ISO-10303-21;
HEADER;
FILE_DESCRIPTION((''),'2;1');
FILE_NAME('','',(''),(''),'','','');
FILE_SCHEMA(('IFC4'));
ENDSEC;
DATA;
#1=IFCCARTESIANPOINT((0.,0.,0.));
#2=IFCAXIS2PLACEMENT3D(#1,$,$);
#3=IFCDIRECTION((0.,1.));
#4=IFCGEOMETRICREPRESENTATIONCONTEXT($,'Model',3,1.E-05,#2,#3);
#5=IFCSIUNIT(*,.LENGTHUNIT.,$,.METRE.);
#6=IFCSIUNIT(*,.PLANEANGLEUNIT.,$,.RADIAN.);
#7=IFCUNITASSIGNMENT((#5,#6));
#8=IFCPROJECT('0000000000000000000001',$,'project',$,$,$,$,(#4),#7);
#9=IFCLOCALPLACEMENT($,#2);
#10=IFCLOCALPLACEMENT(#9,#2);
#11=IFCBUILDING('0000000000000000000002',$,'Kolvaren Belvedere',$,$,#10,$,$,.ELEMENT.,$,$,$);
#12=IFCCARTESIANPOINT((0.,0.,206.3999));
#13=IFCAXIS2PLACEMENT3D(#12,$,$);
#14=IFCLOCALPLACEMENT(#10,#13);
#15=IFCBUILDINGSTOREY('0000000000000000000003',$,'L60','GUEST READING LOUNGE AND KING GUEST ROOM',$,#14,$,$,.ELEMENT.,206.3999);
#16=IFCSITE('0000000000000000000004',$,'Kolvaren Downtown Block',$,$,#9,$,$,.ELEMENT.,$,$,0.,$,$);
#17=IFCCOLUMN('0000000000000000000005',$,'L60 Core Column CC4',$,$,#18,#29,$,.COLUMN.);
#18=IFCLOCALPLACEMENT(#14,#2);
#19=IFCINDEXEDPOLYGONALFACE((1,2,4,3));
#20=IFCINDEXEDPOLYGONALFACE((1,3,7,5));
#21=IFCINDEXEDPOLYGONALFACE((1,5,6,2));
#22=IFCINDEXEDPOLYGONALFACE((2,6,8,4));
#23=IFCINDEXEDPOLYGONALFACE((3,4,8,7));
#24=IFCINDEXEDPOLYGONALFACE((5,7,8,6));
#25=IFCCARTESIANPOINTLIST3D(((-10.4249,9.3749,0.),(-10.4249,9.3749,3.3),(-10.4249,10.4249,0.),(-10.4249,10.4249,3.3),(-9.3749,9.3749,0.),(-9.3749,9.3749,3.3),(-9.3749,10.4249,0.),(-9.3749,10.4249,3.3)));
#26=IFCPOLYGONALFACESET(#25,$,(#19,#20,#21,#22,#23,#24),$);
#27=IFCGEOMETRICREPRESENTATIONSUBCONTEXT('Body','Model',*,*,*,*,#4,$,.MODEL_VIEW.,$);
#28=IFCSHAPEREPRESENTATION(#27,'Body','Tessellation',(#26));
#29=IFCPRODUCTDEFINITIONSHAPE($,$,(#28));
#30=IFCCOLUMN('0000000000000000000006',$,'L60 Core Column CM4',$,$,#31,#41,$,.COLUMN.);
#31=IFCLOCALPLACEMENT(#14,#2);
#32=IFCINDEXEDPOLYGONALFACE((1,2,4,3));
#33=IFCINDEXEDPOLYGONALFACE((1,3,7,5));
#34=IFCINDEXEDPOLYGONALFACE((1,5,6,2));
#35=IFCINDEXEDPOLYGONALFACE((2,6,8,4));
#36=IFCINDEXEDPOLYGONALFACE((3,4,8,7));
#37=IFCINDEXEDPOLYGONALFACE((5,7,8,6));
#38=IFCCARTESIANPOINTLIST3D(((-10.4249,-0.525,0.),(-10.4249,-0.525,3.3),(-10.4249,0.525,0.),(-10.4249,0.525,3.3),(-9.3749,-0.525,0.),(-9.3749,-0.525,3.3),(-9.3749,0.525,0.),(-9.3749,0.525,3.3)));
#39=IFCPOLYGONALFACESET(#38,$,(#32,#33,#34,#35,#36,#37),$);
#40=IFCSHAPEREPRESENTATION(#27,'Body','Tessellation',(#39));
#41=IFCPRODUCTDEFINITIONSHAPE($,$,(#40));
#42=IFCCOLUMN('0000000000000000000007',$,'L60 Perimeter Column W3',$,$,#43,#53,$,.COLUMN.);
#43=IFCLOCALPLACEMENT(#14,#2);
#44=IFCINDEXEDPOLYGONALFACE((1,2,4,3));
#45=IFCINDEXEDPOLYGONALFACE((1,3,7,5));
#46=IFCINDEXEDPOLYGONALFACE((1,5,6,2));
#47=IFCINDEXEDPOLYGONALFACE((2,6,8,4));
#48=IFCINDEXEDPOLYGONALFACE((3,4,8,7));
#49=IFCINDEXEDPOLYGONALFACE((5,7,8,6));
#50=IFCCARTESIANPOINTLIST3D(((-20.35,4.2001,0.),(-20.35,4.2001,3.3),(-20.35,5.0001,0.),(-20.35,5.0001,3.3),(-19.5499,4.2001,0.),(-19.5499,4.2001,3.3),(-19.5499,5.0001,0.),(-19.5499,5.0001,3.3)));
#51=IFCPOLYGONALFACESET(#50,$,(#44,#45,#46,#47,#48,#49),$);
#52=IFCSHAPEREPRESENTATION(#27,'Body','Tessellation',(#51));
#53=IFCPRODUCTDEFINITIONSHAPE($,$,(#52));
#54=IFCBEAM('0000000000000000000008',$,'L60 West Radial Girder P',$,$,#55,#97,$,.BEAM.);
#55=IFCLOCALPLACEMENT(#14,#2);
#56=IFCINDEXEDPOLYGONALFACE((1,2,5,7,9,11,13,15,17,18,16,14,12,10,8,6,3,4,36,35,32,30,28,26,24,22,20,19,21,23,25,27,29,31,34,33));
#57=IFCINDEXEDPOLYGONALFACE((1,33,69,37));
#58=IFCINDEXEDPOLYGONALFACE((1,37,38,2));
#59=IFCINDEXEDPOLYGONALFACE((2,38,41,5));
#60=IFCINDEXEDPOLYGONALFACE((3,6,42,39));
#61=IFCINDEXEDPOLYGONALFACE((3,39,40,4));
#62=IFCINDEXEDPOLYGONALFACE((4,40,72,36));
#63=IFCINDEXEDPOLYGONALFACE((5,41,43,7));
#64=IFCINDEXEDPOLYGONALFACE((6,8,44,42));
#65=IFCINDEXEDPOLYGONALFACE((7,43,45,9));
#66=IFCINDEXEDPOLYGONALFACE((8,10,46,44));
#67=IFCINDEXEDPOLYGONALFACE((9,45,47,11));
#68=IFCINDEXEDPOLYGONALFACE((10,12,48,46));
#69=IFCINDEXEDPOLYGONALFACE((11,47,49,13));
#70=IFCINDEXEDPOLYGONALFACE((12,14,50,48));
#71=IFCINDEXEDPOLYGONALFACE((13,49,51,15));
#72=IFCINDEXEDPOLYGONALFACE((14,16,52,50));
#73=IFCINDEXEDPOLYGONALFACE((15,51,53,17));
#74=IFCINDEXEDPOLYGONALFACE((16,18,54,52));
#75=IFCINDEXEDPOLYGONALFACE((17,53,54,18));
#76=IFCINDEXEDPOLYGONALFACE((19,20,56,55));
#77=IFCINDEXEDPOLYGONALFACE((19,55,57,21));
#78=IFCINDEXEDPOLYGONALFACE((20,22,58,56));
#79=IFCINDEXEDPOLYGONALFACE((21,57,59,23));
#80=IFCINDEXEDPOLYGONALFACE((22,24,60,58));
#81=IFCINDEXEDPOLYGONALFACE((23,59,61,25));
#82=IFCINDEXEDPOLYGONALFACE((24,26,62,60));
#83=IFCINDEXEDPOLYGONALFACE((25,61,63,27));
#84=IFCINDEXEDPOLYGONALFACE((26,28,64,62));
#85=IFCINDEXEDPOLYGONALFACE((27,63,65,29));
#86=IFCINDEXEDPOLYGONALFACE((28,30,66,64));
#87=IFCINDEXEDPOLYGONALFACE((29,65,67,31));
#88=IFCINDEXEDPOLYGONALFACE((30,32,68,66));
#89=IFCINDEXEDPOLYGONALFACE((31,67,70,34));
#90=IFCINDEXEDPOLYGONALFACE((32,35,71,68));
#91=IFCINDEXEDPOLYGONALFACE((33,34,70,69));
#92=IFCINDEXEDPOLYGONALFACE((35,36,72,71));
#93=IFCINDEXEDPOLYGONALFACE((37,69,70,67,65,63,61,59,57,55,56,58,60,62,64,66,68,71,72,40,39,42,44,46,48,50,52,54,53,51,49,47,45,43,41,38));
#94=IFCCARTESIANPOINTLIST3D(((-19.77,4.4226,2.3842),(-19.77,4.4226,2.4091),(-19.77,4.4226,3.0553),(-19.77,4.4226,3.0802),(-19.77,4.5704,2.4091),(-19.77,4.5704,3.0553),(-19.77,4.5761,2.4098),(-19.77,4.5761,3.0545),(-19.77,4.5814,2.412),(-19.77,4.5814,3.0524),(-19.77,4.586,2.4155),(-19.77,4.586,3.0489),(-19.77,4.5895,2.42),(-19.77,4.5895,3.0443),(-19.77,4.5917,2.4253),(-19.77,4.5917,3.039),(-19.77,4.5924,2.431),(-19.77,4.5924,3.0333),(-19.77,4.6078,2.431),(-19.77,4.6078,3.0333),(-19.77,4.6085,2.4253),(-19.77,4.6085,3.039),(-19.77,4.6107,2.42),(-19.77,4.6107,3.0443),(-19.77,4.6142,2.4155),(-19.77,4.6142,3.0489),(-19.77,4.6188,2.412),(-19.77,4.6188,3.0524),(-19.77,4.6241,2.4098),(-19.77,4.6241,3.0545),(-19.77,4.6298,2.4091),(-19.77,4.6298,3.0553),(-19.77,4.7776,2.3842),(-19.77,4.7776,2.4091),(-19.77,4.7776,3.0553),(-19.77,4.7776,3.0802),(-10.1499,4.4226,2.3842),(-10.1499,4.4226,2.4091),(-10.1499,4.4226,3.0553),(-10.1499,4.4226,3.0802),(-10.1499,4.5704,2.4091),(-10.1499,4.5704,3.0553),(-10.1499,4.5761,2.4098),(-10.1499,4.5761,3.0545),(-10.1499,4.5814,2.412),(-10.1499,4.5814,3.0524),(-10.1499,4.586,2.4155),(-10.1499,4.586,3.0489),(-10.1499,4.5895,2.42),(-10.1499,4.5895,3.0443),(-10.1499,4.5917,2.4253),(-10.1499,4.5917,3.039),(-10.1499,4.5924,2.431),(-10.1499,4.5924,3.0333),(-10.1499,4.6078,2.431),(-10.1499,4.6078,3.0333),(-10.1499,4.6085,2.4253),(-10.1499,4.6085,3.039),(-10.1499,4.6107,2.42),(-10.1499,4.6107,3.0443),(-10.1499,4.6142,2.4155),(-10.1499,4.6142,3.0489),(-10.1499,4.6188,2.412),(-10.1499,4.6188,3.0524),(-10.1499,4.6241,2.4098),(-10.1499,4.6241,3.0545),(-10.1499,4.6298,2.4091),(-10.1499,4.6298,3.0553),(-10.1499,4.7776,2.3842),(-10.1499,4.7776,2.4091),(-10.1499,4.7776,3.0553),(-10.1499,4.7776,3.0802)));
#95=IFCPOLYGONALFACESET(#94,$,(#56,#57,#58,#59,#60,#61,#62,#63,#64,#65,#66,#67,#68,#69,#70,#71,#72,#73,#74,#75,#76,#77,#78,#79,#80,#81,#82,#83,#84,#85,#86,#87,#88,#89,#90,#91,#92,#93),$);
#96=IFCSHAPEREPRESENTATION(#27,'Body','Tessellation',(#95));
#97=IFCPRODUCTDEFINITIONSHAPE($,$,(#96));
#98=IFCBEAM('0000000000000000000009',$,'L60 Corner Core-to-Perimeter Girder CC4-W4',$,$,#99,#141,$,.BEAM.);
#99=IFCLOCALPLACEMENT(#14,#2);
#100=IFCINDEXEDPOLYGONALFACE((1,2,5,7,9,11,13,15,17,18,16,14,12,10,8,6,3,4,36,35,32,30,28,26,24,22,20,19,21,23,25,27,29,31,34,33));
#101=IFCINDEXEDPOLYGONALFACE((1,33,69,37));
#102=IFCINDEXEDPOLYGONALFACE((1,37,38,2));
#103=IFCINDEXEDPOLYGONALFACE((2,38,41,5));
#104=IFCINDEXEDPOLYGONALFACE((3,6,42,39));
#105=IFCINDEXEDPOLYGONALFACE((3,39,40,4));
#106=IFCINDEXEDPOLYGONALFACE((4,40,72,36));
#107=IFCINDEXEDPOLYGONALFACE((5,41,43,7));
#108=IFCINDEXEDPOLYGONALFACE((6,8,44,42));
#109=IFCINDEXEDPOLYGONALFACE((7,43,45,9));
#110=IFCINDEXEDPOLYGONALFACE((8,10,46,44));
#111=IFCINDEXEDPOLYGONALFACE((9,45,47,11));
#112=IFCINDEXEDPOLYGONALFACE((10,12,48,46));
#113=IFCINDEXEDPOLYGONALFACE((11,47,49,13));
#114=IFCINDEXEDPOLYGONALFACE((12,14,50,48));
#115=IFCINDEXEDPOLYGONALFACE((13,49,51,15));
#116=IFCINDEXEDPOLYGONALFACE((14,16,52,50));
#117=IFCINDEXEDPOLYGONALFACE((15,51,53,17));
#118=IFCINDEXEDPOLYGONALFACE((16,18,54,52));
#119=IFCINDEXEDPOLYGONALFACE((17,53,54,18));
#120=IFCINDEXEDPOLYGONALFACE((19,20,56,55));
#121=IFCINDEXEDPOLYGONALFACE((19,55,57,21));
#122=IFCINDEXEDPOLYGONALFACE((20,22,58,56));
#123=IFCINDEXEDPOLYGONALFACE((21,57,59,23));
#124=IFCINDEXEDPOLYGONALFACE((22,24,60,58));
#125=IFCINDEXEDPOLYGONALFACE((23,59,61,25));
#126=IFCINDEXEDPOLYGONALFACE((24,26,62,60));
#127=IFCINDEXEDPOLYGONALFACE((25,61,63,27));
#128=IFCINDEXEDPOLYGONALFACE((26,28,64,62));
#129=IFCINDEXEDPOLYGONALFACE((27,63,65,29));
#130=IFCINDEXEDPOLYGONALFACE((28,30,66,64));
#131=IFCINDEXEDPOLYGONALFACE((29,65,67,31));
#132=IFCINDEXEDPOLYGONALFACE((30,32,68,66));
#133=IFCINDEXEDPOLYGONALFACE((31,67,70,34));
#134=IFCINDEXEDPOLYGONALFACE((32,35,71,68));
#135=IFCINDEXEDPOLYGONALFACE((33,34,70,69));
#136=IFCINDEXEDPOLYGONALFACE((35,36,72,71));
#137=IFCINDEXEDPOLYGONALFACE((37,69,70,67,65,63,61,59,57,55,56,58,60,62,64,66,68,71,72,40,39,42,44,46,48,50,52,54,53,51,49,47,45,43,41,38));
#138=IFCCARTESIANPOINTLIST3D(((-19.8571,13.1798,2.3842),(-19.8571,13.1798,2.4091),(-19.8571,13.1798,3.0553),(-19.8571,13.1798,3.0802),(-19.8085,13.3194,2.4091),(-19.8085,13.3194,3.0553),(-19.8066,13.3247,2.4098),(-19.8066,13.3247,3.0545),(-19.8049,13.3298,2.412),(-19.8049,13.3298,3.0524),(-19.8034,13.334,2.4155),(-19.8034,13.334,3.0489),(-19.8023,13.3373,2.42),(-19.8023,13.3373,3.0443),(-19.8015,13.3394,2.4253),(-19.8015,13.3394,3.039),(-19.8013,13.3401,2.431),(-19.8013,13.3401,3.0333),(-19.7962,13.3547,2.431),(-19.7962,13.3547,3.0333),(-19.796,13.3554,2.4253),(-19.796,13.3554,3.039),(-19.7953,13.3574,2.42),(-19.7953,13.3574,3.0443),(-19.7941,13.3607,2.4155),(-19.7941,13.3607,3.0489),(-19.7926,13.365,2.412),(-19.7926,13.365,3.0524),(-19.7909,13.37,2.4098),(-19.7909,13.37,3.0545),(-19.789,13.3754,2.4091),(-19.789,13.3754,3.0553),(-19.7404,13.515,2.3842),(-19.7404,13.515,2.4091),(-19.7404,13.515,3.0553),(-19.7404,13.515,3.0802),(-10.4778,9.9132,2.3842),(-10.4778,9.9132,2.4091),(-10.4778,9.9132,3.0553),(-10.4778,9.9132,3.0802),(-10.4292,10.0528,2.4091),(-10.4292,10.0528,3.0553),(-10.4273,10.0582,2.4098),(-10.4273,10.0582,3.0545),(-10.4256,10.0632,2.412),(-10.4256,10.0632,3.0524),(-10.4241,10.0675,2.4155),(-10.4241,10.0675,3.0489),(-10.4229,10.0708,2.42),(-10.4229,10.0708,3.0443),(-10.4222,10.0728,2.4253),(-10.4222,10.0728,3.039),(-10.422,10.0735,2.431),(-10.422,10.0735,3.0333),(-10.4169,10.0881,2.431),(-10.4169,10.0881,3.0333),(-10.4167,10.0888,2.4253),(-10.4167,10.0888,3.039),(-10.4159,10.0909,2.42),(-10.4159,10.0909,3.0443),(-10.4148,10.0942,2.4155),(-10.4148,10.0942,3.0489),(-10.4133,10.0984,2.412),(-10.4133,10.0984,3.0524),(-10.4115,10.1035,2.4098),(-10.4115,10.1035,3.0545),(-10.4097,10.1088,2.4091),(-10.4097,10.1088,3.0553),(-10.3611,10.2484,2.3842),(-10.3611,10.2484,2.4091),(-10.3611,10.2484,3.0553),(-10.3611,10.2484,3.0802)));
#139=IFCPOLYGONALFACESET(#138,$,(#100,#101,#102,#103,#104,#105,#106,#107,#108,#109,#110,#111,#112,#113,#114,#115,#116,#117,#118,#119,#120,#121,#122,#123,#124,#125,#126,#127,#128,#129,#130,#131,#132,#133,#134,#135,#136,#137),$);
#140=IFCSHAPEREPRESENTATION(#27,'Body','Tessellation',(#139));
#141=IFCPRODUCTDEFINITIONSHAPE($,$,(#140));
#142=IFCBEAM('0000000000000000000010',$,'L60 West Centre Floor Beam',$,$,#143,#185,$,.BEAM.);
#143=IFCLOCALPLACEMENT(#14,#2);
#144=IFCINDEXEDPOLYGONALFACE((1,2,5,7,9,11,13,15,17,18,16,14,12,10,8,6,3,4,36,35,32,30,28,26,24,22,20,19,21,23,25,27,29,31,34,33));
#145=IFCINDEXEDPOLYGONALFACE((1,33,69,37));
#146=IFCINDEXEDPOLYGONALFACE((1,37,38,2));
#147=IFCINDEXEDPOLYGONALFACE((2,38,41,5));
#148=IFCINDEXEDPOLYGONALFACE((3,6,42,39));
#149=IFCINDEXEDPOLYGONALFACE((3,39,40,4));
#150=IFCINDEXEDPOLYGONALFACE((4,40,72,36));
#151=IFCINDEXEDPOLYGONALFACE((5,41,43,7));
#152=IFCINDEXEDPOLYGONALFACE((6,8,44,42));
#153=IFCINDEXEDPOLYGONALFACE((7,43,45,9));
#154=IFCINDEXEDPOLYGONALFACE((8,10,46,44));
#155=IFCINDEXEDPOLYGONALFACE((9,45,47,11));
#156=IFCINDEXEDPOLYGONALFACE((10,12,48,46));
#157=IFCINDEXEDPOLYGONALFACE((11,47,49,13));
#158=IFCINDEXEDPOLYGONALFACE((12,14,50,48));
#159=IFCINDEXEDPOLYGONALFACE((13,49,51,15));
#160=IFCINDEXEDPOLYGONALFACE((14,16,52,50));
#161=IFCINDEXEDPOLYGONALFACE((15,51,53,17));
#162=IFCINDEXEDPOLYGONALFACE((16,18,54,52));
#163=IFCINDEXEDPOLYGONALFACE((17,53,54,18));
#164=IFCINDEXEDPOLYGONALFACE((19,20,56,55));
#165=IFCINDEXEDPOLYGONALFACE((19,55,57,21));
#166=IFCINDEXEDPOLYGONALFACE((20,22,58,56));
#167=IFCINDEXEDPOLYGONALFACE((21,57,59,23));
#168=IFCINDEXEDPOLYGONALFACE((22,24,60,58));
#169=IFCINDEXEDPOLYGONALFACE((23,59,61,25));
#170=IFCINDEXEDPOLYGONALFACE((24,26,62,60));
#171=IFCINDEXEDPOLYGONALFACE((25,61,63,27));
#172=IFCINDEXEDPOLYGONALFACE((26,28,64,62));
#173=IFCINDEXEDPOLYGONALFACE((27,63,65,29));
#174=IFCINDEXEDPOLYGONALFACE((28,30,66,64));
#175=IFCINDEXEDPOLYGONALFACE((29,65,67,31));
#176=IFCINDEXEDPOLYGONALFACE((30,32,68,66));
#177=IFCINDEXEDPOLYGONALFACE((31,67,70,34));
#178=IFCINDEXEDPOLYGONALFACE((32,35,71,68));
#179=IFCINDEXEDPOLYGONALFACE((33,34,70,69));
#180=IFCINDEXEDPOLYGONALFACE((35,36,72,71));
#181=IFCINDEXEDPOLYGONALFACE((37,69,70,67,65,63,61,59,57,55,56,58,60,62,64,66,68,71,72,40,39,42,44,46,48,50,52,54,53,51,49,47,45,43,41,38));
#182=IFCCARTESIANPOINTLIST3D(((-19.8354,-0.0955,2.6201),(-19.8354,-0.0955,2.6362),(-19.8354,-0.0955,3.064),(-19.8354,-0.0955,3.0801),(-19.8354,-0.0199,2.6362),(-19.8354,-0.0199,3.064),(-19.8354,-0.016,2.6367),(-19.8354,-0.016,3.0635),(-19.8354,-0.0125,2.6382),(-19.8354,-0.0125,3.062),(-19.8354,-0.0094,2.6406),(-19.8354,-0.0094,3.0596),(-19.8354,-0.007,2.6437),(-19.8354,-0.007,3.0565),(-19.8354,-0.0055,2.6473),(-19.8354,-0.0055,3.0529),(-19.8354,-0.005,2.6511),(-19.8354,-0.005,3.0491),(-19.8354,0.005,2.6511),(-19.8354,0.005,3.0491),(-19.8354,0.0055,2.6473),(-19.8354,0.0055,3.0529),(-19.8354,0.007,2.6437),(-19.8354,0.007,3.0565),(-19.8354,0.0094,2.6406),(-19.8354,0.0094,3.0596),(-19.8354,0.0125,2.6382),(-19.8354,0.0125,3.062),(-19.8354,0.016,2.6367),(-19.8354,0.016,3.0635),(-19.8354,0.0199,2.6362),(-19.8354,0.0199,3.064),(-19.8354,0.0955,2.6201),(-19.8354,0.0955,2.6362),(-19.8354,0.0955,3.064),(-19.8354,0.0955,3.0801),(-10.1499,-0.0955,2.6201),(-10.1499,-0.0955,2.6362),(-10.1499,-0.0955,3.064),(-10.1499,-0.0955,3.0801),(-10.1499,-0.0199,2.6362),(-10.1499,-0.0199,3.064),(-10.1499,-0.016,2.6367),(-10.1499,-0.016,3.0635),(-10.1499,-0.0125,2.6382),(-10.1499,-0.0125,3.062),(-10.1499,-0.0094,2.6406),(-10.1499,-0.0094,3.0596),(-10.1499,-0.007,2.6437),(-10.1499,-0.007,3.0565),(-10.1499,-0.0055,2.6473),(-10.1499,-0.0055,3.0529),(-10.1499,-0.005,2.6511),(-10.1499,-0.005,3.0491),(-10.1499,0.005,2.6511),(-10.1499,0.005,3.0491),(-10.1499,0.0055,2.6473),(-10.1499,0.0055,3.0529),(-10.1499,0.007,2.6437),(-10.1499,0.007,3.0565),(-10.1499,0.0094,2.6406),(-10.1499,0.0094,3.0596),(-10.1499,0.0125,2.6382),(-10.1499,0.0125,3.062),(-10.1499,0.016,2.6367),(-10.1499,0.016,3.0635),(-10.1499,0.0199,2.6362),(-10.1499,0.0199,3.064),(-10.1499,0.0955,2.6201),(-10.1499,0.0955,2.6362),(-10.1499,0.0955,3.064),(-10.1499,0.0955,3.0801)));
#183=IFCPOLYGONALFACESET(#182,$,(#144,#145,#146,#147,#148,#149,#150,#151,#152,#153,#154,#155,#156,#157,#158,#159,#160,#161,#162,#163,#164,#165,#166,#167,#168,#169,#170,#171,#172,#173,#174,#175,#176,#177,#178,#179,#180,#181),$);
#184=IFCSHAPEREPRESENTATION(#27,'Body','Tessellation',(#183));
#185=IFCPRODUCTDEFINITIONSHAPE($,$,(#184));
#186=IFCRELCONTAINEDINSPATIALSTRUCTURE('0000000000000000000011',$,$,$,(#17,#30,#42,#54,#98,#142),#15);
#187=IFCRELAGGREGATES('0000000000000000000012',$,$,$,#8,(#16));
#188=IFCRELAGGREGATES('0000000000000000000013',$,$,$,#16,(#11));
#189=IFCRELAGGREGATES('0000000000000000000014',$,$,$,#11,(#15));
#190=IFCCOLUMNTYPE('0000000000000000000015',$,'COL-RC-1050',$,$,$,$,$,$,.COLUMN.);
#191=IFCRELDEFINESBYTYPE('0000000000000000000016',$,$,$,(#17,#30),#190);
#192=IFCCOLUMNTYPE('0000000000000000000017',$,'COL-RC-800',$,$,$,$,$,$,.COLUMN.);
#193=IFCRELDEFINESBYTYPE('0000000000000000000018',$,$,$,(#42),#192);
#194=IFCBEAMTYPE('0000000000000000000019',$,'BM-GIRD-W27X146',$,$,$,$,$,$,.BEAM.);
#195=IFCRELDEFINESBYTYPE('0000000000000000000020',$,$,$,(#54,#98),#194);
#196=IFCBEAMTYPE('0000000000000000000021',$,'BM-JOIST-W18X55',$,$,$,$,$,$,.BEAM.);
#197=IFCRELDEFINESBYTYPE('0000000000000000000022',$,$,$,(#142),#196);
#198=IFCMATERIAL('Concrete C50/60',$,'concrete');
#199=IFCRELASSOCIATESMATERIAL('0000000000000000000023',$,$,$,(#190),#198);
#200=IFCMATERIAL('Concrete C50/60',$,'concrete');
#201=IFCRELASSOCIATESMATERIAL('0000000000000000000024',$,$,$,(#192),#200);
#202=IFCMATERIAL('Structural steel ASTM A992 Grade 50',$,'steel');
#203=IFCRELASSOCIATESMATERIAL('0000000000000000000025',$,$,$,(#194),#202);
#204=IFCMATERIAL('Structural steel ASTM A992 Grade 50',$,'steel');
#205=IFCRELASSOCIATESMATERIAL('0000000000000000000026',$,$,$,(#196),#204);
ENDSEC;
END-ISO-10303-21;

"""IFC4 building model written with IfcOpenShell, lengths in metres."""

from ifc_helpers import new_model, si_unit, direction, frame, origin, origin_2d, place, context, subcontext, project, spatial, rectangle, i_section, extrude, material, material_profile, profile_set, type_object, element, save


model = new_model("IFC4")

# Units and contexts
model_context = context("Model", 3, precision=1e-05, world=origin(), true_north=direction((0.0, 1.0)))
body_context = subcontext(model_context, "Body", "Model", "MODEL_VIEW")
ifc_project = project(units=[si_unit("LENGTHUNIT", "METRE"), si_unit("PLANEANGLEUNIT", "RADIAN")], contexts=[model_context])

# Site, building, storey
site_placement = place(None, origin())
site = spatial("IfcSite", under=ifc_project, at=site_placement, Name="Kolvaren Downtown Block", CompositionType="ELEMENT", RefElevation=0.0)
building_placement = place(site_placement, origin())
building = spatial("IfcBuilding", under=site, at=building_placement, Name="Kolvaren Belvedere", CompositionType="ELEMENT")
storey_placement = place(building_placement, frame((0.0, 0.0, 206.3999)))
storey = spatial("IfcBuildingStorey", under=building, at=storey_placement, Name="L60", Description="GUEST READING LOUNGE AND KING GUEST ROOM", CompositionType="ELEMENT", Elevation=206.3999)

# Columns
ifc_material_1 = material(Name="Concrete C50/60", Category="concrete")
ifc_material_profile_1 = material_profile(ifc_material_1, rectangle(XDim=1.05, YDim=1.05, at=origin_2d()), Name="RC 1050X1050")
ifc_profile_set_1 = profile_set([ifc_material_profile_1], Name="Concrete C50/60")
column_type_1 = type_object("IfcColumnType", Name="COL-RC-1050", PredefinedType="COLUMN", material=ifc_profile_set_1)
for number, where, z_axis, x_axis, name in (
    (1, (-9.8999, 9.8999, 0.0), (0.0, 0.0, 1.0), (1.0, 0.0, 0.0), "L60 Core Column CC4"),
    (2, (-9.8999, 0.0, 0.0), (0.0, 0.0, 1.0), (1.0, 0.0, 0.0), "L60 Core Column CM4"),
):
    element("IfcColumn", number, at=place(storey_placement, frame(where, z_axis=z_axis, x_axis=x_axis)), inside=storey, type_object=column_type_1, Name=name, PredefinedType="COLUMN", context=body_context, shape_type="SweptSolid", body=[
        extrude(rectangle(XDim=1.05, YDim=1.05, at=origin_2d()), origin(), (0.0, 0.0, 1.0), 3.3),
    ])
ifc_material_2 = material(Name="Concrete C50/60", Category="concrete")
ifc_material_profile_2 = material_profile(ifc_material_2, rectangle(XDim=0.8, YDim=0.8, at=origin_2d()), Name="RC 800X800")
ifc_profile_set_2 = profile_set([ifc_material_profile_2], Name="Concrete C50/60")
column_type_2 = type_object("IfcColumnType", Name="COL-RC-800", PredefinedType="COLUMN", material=ifc_profile_set_2)
column_placement = place(storey_placement, frame((-19.95, 4.6001, 0.0), z_axis=(0.0, 0.0, 1.0), x_axis=(1.0, 0.0, 0.0)))
element("IfcColumn", 3, at=column_placement, inside=storey, type_object=column_type_2, Name="L60 Perimeter Column W3", PredefinedType="COLUMN", context=body_context, shape_type="SweptSolid", body=[
    extrude(rectangle(XDim=0.8, YDim=0.8, at=origin_2d()), origin(), (0.0, 0.0, 1.0), 3.3),
])

# Beams
ifc_material_3 = material(Name="Structural steel ASTM A992 Grade 50", Category="steel")
ifc_material_profile_3 = material_profile(ifc_material_3, i_section(OverallWidth=0.355, OverallDepth=0.696, WebThickness=0.0154, FlangeThickness=0.0249, FilletRadius=0.022, at=origin_2d()), Name="W27X146")
ifc_profile_set_3 = profile_set([ifc_material_profile_3], Name="Structural steel ASTM A992 Grade 50")
beam_type_1 = type_object("IfcBeamType", Name="BM-GIRD-W27X146", PredefinedType="BEAM", material=ifc_profile_set_3)
beam_1_placement = place(storey_placement, frame((-10.1499, 4.6001, 2.7322), z_axis=(-1.0, 0.0, 0.0), x_axis=(0.0, -1.0, 0.0)))
element("IfcBeam", 4, at=beam_1_placement, inside=storey, type_object=beam_type_1, Name="L60 West Radial Girder P", PredefinedType="BEAM", context=body_context, shape_type="SweptSolid", body=[
    extrude(i_section(OverallWidth=0.355, OverallDepth=0.696, WebThickness=0.0154, FlangeThickness=0.0249, FilletRadius=0.022, at=origin_2d()), origin(), (0.0, 0.0, 1.0), 9.6201),
])
beam_2_placement = place(storey_placement, frame((-10.4194, 10.0808, 2.7322), z_axis=(-0.944365, 0.328898, 0.0), x_axis=(-0.328898, -0.944365, 0.0)))
element("IfcBeam", 5, at=beam_2_placement, inside=storey, type_object=beam_type_1, Name="L60 Corner Core-to-Perimeter Girder CC4-W4", PredefinedType="BEAM", context=body_context, shape_type="SweptSolid", body=[
    extrude(i_section(OverallWidth=0.355, OverallDepth=0.696, WebThickness=0.0154, FlangeThickness=0.0249, FilletRadius=0.022, at=origin_2d()), origin(), (0.0, 0.0, 1.0), 9.9319),
])
ifc_material_4 = material(Name="Structural steel ASTM A992 Grade 50", Category="steel")
ifc_material_profile_4 = material_profile(ifc_material_4, i_section(OverallWidth=0.1909, OverallDepth=0.46, WebThickness=0.01, FlangeThickness=0.0161, FilletRadius=0.0149, at=origin_2d()), Name="W18X55")
ifc_profile_set_4 = profile_set([ifc_material_profile_4], Name="Structural steel ASTM A992 Grade 50")
beam_type_2 = type_object("IfcBeamType", Name="BM-JOIST-W18X55", PredefinedType="BEAM", material=ifc_profile_set_4)
beam_3_placement = place(storey_placement, frame((-10.1499, 0.0, 2.8501), z_axis=(-1.0, 0.0, 0.0), x_axis=(0.0, -1.0, 0.0)))
element("IfcBeam", 6, at=beam_3_placement, inside=storey, type_object=beam_type_2, Name="L60 West Centre Floor Beam", PredefinedType="BEAM", context=body_context, shape_type="SweptSolid", body=[
    extrude(i_section(OverallWidth=0.1909, OverallDepth=0.46, WebThickness=0.01, FlangeThickness=0.0161, FilletRadius=0.0149, at=origin_2d()), origin(), (0.0, 0.0, 1.0), 9.6855),
])

save(model, "model.ifc")
